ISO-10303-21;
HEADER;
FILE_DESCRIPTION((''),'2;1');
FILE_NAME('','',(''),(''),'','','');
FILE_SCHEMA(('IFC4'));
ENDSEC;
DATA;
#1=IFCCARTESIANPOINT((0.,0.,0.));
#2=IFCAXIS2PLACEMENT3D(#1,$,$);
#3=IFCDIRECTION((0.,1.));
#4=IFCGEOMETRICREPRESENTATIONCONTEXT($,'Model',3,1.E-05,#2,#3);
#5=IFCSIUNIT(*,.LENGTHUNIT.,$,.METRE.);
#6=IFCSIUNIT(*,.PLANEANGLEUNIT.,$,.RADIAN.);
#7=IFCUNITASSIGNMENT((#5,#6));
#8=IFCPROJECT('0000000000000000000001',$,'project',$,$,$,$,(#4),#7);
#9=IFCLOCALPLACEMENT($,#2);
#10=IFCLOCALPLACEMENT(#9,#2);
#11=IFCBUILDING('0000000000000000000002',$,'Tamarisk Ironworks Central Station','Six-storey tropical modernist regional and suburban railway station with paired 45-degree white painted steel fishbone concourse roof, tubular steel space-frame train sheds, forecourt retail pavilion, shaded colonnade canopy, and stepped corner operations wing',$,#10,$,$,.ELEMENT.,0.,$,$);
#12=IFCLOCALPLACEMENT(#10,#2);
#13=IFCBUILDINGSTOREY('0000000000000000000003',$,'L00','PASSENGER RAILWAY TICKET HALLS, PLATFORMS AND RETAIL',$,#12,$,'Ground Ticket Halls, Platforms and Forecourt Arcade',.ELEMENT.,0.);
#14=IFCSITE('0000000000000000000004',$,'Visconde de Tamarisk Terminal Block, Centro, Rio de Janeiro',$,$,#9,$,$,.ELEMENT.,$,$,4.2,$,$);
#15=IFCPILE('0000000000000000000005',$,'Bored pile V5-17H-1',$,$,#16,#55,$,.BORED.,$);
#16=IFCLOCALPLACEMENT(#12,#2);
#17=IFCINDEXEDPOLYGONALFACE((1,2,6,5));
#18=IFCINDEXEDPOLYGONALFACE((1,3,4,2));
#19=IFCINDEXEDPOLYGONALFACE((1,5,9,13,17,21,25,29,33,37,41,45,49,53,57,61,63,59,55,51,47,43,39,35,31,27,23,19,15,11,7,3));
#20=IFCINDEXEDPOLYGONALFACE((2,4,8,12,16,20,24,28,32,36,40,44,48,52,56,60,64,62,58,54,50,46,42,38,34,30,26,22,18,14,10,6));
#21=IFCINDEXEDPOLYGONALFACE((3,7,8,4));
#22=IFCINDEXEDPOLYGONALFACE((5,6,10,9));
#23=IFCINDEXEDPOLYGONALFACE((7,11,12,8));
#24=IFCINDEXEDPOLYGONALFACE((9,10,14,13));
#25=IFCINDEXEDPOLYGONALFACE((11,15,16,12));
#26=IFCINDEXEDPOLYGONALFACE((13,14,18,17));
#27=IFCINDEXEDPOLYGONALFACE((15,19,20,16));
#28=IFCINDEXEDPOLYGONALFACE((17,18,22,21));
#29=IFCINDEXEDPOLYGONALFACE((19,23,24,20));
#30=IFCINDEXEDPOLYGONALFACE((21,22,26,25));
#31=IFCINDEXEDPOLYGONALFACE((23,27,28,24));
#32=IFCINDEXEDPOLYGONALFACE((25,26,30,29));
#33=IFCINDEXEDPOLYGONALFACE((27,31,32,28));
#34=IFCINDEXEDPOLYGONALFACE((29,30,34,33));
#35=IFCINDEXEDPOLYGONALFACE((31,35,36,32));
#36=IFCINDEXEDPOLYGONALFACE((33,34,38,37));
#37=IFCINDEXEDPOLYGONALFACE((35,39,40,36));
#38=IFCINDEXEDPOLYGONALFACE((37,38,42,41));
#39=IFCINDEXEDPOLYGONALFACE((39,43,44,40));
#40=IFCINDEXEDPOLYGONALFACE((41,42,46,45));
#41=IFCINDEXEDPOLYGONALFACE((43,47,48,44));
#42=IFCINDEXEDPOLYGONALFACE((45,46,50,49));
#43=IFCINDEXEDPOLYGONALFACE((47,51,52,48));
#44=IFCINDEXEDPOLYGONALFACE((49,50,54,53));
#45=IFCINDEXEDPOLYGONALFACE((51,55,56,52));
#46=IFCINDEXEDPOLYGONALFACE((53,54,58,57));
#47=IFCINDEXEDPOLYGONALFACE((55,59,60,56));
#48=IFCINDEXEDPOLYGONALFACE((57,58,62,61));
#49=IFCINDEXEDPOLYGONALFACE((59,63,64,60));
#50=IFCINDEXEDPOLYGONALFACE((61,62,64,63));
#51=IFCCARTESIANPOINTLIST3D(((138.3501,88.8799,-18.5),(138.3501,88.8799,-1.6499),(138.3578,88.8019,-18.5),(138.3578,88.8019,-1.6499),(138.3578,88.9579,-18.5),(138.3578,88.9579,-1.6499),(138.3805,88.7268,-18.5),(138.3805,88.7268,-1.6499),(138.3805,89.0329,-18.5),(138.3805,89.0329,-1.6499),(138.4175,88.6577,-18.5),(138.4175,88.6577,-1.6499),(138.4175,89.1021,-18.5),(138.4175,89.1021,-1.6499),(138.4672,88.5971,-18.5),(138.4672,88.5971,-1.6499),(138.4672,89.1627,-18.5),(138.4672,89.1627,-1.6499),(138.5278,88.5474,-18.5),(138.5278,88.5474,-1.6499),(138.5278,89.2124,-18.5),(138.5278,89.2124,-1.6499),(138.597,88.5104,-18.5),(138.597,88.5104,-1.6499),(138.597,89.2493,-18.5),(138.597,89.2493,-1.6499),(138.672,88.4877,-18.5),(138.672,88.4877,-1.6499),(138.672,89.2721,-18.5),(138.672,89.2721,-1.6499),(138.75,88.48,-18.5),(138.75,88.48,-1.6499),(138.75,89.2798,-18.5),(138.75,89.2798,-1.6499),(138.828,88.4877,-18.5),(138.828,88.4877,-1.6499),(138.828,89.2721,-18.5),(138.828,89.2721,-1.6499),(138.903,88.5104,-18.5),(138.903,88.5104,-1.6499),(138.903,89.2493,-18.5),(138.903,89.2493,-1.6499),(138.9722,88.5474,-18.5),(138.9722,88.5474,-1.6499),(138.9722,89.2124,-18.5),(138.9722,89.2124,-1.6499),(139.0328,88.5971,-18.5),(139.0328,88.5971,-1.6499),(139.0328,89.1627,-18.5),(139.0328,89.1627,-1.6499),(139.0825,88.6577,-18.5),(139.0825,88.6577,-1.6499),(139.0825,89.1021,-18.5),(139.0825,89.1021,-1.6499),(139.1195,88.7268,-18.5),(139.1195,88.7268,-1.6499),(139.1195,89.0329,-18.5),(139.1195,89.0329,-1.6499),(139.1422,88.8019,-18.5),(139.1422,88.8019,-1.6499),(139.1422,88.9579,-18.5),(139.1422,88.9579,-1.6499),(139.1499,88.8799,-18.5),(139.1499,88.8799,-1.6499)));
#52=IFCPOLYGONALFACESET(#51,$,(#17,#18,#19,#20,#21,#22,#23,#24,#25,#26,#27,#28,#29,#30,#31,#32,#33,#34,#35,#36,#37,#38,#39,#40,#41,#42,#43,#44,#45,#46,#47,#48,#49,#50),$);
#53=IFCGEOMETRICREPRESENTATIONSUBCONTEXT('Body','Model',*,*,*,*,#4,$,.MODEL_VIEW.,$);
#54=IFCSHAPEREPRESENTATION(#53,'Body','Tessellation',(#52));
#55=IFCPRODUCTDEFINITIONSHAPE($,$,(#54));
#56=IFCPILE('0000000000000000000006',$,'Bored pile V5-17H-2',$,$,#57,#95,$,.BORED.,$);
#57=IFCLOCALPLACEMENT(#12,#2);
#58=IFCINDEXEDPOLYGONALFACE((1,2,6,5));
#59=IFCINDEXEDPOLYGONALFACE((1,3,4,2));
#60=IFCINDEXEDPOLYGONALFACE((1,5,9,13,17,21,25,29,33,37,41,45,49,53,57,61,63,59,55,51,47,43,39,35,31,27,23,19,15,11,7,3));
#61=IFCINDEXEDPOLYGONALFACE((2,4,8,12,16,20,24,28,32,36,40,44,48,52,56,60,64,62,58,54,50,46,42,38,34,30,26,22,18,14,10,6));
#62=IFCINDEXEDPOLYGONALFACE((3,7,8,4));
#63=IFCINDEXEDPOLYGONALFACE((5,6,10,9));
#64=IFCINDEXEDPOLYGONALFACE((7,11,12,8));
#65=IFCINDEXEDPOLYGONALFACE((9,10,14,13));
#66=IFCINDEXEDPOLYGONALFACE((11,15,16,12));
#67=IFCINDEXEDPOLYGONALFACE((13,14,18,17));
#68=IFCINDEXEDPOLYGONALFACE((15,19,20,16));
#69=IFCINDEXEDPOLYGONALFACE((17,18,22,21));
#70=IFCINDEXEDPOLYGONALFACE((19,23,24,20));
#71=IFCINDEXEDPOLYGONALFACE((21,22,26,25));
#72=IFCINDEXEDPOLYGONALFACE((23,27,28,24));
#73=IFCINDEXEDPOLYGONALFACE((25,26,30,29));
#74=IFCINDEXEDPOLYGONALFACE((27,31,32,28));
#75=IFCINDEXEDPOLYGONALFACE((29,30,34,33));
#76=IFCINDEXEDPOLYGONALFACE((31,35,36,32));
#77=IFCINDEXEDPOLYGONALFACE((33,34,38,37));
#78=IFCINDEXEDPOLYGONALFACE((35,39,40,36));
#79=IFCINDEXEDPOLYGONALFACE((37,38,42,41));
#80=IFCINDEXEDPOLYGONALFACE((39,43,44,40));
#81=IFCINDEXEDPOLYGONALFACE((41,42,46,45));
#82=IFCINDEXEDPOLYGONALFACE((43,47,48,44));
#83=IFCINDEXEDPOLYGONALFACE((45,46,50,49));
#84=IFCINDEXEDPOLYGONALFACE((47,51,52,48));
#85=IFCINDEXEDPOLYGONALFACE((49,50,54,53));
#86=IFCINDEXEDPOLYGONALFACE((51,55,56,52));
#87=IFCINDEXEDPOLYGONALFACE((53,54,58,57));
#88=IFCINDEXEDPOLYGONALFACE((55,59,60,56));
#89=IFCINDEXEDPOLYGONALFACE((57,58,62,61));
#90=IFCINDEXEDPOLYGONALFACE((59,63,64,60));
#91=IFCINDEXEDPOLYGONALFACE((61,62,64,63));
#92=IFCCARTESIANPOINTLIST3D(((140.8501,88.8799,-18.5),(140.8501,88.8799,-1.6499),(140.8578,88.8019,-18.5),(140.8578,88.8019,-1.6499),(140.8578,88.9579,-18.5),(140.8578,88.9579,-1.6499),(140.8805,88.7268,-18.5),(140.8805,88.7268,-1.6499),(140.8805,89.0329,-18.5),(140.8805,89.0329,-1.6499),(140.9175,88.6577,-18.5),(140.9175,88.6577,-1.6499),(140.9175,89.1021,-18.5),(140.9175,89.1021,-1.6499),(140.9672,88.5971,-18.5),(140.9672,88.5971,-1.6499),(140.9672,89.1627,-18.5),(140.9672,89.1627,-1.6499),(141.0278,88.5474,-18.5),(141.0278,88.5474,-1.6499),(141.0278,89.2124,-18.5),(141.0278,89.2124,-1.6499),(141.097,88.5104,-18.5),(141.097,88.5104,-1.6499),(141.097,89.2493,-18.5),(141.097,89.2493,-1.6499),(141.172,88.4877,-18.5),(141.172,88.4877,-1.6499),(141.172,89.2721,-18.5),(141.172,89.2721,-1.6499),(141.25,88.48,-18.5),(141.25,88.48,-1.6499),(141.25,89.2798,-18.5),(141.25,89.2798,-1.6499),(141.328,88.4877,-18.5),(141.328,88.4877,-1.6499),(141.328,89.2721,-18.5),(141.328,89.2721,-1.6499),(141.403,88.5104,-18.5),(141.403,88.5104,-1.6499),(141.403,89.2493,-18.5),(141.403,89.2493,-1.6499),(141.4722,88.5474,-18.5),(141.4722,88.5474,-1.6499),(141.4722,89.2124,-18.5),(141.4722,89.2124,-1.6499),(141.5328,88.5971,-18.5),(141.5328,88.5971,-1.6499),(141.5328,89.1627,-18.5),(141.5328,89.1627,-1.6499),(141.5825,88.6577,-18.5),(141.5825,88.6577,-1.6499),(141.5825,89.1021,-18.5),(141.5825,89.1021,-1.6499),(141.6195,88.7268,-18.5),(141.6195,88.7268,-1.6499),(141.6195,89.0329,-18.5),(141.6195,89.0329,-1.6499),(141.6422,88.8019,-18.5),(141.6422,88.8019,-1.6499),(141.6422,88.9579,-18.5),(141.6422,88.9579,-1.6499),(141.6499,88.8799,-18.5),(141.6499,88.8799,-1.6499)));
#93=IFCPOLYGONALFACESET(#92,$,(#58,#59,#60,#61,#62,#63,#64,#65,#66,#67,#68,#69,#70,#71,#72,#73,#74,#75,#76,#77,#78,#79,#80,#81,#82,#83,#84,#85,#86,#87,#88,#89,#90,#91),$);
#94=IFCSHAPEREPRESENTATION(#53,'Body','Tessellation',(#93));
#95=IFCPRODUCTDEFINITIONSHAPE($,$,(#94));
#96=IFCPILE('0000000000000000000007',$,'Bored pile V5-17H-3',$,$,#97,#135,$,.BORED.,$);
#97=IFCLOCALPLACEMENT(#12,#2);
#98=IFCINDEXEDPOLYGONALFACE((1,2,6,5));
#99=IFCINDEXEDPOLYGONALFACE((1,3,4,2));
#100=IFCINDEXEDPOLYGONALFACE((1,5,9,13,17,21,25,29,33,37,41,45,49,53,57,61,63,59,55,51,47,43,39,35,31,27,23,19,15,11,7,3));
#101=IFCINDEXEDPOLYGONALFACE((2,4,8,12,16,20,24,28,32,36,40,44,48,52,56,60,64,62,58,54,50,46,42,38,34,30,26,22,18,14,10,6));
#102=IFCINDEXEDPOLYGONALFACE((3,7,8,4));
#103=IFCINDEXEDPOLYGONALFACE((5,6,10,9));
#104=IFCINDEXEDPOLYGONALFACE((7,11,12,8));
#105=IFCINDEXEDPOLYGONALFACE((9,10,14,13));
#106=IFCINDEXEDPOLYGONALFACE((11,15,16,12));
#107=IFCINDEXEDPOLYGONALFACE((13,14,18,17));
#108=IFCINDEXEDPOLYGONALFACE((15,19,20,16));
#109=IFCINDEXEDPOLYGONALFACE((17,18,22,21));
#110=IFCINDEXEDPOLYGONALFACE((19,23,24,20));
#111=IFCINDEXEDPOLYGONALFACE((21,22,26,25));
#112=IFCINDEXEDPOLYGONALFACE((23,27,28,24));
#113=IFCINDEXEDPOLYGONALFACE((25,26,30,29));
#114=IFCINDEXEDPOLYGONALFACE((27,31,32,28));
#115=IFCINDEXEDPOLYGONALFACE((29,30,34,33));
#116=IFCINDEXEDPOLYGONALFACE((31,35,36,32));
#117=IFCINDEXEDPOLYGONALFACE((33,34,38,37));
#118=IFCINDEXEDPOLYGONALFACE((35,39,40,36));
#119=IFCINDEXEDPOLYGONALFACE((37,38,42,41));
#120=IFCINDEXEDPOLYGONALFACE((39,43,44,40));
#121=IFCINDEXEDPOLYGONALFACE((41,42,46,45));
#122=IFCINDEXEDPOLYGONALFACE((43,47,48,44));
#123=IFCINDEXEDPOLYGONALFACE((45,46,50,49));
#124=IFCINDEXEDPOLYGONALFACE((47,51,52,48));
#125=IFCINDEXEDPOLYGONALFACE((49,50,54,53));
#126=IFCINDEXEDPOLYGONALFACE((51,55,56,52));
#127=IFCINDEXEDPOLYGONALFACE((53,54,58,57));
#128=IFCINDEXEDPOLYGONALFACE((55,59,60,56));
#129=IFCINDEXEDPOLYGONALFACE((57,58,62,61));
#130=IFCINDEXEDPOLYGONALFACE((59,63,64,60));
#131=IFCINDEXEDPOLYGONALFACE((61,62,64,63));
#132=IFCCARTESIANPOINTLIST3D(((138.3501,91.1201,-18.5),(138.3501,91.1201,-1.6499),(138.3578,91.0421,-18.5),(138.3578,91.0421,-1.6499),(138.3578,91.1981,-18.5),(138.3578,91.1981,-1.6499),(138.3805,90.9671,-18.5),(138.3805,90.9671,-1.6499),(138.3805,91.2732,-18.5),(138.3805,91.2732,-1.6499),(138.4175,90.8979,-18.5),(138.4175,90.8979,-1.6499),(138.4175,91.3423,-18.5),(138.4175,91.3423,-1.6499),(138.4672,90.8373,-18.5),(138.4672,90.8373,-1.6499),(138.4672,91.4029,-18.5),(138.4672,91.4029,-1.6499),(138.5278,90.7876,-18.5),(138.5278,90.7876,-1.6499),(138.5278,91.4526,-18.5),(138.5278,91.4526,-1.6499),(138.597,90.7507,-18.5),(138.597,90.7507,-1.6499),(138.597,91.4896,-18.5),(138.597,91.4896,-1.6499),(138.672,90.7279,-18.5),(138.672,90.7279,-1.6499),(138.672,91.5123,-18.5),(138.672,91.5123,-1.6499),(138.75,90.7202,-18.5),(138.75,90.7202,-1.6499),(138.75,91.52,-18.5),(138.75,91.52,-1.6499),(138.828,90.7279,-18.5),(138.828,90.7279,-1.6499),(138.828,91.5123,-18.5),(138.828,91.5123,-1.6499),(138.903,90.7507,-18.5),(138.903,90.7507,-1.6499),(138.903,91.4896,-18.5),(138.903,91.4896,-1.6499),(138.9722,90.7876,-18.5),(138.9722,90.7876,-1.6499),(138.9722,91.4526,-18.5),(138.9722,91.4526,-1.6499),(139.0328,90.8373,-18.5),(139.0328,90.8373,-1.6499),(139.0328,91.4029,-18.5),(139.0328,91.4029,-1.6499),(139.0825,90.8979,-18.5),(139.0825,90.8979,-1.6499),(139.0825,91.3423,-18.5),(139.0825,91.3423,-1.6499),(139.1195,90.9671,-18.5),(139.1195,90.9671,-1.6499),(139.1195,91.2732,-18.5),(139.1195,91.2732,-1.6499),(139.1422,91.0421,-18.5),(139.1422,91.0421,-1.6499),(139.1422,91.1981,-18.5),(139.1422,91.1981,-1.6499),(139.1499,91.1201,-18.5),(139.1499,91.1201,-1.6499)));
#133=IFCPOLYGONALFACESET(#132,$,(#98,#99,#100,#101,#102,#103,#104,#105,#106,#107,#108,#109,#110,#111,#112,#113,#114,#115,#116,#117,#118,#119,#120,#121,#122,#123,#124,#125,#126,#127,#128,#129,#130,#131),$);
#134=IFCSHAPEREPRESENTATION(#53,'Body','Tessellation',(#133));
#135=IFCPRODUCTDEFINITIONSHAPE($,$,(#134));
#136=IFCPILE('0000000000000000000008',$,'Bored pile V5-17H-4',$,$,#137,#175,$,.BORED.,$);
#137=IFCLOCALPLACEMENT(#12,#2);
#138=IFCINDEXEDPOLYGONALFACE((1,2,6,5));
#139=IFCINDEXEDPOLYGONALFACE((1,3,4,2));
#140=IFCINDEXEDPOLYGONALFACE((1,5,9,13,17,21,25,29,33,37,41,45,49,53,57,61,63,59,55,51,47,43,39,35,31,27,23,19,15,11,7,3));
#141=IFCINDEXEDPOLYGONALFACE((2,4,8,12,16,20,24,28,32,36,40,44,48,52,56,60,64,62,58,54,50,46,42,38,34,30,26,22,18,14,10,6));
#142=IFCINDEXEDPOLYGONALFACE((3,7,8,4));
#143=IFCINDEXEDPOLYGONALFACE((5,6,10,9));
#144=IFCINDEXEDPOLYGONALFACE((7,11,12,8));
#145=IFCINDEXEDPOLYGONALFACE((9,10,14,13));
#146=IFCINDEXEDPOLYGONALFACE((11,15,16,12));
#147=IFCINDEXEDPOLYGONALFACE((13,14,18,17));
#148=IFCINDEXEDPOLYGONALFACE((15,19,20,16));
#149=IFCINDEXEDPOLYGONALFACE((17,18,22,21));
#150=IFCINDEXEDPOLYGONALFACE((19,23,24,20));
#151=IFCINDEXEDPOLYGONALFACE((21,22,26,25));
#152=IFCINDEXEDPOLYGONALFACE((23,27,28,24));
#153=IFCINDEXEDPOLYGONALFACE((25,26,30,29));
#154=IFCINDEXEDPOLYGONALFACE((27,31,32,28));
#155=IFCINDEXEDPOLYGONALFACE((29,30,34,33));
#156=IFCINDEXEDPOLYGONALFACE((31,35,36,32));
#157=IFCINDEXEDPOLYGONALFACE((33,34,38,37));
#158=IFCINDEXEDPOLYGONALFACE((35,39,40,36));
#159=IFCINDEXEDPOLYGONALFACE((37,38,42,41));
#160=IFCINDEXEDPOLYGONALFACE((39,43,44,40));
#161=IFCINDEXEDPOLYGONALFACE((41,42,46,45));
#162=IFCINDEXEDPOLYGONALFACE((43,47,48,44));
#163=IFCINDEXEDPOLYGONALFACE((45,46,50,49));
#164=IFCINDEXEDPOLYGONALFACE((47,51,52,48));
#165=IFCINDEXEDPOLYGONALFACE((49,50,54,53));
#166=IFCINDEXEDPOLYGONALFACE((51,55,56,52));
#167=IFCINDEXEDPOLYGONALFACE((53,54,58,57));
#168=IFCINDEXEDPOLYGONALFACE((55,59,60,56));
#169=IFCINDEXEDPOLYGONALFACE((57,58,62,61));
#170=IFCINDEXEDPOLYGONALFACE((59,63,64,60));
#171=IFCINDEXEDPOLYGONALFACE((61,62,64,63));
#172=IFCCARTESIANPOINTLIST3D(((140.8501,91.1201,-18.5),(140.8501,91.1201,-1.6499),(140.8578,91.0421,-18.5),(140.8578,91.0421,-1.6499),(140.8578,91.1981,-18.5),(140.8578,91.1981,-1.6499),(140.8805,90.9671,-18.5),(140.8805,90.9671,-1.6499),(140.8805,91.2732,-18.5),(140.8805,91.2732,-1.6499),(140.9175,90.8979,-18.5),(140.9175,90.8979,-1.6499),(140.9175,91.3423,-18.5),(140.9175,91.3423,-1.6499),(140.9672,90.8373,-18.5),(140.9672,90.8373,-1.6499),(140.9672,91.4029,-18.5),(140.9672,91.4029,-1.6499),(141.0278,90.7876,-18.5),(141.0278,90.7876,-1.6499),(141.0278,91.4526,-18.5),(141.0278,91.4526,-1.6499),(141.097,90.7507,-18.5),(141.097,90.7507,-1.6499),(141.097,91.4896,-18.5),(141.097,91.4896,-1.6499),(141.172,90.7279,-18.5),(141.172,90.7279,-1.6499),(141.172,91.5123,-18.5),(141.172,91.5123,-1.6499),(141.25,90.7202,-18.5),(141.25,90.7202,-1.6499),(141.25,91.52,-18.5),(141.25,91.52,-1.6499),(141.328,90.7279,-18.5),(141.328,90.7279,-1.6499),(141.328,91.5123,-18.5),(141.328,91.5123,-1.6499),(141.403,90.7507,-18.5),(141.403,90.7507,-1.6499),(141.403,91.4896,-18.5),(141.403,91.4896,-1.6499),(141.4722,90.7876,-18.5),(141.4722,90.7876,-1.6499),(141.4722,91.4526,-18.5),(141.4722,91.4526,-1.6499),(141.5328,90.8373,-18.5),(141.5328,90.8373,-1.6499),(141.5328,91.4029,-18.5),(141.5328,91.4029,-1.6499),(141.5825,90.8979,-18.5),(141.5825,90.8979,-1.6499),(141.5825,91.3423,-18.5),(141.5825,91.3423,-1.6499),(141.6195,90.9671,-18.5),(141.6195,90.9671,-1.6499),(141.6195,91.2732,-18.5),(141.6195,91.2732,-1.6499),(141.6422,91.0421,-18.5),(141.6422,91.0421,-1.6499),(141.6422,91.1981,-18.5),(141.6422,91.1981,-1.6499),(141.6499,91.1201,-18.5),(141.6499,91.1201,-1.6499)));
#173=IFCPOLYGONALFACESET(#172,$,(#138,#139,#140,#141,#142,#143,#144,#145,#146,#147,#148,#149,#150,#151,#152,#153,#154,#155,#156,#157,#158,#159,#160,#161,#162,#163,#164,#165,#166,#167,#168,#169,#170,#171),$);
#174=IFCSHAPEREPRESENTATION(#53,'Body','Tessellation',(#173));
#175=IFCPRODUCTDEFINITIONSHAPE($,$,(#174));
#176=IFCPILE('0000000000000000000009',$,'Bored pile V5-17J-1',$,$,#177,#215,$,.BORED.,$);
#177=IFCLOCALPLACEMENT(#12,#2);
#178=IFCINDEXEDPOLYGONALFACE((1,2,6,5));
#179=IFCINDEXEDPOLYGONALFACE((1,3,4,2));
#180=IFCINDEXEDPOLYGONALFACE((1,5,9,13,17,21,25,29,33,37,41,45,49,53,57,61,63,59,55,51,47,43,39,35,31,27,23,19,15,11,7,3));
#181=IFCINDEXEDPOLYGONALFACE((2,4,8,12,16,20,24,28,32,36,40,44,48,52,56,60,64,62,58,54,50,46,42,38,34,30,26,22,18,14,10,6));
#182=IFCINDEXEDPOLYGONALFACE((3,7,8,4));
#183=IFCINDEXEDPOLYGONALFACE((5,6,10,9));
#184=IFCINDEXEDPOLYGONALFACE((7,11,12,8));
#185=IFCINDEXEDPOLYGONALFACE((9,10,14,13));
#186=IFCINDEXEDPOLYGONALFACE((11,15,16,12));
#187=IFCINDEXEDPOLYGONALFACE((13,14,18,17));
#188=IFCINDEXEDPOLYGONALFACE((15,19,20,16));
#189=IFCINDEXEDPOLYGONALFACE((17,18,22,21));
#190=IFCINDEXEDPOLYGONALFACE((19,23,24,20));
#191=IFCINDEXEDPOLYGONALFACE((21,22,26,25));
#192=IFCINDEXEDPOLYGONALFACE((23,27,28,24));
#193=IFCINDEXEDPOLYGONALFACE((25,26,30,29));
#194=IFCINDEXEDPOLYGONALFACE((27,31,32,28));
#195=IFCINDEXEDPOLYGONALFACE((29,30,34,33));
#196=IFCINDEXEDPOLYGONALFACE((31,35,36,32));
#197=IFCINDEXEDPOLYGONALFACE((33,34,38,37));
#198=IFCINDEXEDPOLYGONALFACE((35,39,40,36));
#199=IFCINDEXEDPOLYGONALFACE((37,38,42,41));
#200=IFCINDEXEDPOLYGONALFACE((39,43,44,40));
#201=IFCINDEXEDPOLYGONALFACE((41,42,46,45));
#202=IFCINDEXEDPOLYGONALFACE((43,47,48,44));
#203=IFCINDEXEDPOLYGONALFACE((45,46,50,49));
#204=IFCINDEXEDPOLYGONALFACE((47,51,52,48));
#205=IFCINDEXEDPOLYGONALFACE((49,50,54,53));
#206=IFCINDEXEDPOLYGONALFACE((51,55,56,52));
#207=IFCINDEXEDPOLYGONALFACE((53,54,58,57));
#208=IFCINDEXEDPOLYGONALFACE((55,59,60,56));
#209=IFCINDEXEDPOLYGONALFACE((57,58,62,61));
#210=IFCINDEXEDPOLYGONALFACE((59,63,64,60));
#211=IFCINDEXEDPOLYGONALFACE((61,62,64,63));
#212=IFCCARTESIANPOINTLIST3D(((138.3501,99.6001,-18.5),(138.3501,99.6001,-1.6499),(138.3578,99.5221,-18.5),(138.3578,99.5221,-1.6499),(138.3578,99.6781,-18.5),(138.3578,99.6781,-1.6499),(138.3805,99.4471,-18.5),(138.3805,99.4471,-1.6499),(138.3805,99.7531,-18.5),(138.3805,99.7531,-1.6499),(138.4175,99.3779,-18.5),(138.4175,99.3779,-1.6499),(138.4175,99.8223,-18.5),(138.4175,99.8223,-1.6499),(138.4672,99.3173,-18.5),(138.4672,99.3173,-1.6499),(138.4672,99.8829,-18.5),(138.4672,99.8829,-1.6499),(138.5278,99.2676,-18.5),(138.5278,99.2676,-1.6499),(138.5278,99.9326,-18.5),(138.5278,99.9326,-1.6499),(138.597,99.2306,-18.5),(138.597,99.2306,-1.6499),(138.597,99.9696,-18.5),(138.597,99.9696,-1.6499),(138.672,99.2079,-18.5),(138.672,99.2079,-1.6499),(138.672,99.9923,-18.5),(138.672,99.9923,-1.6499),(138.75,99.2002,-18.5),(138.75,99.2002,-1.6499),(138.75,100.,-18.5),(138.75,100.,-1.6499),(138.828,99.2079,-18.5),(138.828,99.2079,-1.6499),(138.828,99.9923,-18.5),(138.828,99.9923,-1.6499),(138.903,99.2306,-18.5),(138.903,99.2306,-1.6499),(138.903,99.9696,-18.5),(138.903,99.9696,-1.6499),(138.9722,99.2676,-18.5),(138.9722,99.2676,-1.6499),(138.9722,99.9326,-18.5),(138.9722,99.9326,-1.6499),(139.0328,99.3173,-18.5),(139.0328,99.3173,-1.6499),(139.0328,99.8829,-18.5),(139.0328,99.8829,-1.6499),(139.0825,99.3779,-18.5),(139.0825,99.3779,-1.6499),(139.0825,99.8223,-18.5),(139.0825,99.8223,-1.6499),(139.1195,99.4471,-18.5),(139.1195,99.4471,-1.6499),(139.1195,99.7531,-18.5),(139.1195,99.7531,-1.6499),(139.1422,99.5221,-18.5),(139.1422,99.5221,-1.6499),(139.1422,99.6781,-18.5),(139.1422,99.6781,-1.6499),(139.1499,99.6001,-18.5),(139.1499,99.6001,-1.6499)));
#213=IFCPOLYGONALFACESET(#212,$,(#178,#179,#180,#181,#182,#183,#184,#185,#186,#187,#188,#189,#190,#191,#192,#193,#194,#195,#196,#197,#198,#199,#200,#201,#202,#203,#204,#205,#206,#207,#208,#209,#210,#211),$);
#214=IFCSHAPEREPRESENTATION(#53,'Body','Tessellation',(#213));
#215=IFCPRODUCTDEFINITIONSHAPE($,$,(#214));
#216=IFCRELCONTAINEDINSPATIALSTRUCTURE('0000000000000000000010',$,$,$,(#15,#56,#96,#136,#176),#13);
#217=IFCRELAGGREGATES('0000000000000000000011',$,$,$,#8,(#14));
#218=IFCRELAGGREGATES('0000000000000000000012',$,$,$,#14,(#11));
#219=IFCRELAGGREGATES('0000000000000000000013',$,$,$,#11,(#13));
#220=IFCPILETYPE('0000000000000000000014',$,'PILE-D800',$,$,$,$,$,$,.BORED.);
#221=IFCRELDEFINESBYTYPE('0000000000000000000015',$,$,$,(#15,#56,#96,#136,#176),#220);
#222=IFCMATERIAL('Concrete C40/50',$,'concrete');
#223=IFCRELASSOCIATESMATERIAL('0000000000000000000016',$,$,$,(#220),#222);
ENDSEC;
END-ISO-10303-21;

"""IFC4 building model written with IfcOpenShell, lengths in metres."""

from ifc_helpers import new_model, si_unit, direction, frame, origin, origin_2d, place, context, subcontext, project, spatial, circle, extrude, material, material_profile, profile_set, type_object, element, save


model = new_model("IFC4")

# Units and contexts
model_context = context("Model", 3, precision=1e-05, world=origin(), true_north=direction((0.0, 1.0)))
body_context = subcontext(model_context, "Body", "Model", "MODEL_VIEW")
ifc_project = project(units=[si_unit("LENGTHUNIT", "METRE"), si_unit("PLANEANGLEUNIT", "RADIAN")], contexts=[model_context])

# Site, building, storey
site_placement = place(None, origin())
site = spatial("IfcSite", under=ifc_project, at=site_placement, Name="Visconde de Tamarisk Terminal Block, Centro, Rio de Janeiro", CompositionType="ELEMENT", RefElevation=4.2)
building_placement = place(site_placement, origin())
building = spatial("IfcBuilding", under=site, at=building_placement, Name="Tamarisk Ironworks Central Station", Description="Six-storey tropical modernist regional and suburban railway station with paired 45-degree white painted steel fishbone concourse roof, tubular steel space-frame train sheds, forecourt retail pavilion, shaded colonnade canopy, and stepped corner operations wing", CompositionType="ELEMENT", ElevationOfRefHeight=0.0)
storey_placement = place(building_placement, origin())
storey = spatial("IfcBuildingStorey", under=building, at=storey_placement, Name="L00", Description="PASSENGER RAILWAY TICKET HALLS, PLATFORMS AND RETAIL", LongName="Ground Ticket Halls, Platforms and Forecourt Arcade", CompositionType="ELEMENT", Elevation=0.0)

# Shared definitions
ifc_material_1 = material(Name="Concrete C40/50", Category="concrete")

# Piles
ifc_material_profile_1 = material_profile(ifc_material_1, circle(Radius=0.3999, at=origin_2d()), Name="BORED PILE D800")
ifc_profile_set_1 = profile_set([ifc_material_profile_1], Name="Concrete C40/50")
pile_type = type_object("IfcPileType", Name="PILE-D800", PredefinedType="BORED", material=ifc_profile_set_1)
for number, where, z_axis, x_axis, name in (
    (1, (138.75, 88.8799, -1.6499), (0.0, 0.0, -1.0), (1.0, 0.0, 0.0), "Bored pile V5-17H-1"),
    (2, (141.25, 88.8799, -1.6499), (0.0, 0.0, -1.0), (1.0, 0.0, 0.0), "Bored pile V5-17H-2"),
    (3, (138.75, 91.1201, -1.6499), (0.0, 0.0, -1.0), (1.0, 0.0, 0.0), "Bored pile V5-17H-3"),
    (4, (141.25, 91.1201, -1.6499), (0.0, 0.0, -1.0), (1.0, 0.0, 0.0), "Bored pile V5-17H-4"),
    (5, (138.75, 99.6001, -1.6499), (0.0, 0.0, -1.0), (1.0, 0.0, 0.0), "Bored pile V5-17J-1"),
):
    element("IfcPile", number, at=place(storey_placement, frame(where, z_axis=z_axis, x_axis=x_axis)), inside=storey, type_object=pile_type, Name=name, PredefinedType="BORED", context=body_context, shape_type="SweptSolid", body=[
        extrude(circle(Radius=0.3999, at=origin_2d()), origin(), (0.0, 0.0, 1.0), 16.8501),
    ])

save(model, "model.ifc")
